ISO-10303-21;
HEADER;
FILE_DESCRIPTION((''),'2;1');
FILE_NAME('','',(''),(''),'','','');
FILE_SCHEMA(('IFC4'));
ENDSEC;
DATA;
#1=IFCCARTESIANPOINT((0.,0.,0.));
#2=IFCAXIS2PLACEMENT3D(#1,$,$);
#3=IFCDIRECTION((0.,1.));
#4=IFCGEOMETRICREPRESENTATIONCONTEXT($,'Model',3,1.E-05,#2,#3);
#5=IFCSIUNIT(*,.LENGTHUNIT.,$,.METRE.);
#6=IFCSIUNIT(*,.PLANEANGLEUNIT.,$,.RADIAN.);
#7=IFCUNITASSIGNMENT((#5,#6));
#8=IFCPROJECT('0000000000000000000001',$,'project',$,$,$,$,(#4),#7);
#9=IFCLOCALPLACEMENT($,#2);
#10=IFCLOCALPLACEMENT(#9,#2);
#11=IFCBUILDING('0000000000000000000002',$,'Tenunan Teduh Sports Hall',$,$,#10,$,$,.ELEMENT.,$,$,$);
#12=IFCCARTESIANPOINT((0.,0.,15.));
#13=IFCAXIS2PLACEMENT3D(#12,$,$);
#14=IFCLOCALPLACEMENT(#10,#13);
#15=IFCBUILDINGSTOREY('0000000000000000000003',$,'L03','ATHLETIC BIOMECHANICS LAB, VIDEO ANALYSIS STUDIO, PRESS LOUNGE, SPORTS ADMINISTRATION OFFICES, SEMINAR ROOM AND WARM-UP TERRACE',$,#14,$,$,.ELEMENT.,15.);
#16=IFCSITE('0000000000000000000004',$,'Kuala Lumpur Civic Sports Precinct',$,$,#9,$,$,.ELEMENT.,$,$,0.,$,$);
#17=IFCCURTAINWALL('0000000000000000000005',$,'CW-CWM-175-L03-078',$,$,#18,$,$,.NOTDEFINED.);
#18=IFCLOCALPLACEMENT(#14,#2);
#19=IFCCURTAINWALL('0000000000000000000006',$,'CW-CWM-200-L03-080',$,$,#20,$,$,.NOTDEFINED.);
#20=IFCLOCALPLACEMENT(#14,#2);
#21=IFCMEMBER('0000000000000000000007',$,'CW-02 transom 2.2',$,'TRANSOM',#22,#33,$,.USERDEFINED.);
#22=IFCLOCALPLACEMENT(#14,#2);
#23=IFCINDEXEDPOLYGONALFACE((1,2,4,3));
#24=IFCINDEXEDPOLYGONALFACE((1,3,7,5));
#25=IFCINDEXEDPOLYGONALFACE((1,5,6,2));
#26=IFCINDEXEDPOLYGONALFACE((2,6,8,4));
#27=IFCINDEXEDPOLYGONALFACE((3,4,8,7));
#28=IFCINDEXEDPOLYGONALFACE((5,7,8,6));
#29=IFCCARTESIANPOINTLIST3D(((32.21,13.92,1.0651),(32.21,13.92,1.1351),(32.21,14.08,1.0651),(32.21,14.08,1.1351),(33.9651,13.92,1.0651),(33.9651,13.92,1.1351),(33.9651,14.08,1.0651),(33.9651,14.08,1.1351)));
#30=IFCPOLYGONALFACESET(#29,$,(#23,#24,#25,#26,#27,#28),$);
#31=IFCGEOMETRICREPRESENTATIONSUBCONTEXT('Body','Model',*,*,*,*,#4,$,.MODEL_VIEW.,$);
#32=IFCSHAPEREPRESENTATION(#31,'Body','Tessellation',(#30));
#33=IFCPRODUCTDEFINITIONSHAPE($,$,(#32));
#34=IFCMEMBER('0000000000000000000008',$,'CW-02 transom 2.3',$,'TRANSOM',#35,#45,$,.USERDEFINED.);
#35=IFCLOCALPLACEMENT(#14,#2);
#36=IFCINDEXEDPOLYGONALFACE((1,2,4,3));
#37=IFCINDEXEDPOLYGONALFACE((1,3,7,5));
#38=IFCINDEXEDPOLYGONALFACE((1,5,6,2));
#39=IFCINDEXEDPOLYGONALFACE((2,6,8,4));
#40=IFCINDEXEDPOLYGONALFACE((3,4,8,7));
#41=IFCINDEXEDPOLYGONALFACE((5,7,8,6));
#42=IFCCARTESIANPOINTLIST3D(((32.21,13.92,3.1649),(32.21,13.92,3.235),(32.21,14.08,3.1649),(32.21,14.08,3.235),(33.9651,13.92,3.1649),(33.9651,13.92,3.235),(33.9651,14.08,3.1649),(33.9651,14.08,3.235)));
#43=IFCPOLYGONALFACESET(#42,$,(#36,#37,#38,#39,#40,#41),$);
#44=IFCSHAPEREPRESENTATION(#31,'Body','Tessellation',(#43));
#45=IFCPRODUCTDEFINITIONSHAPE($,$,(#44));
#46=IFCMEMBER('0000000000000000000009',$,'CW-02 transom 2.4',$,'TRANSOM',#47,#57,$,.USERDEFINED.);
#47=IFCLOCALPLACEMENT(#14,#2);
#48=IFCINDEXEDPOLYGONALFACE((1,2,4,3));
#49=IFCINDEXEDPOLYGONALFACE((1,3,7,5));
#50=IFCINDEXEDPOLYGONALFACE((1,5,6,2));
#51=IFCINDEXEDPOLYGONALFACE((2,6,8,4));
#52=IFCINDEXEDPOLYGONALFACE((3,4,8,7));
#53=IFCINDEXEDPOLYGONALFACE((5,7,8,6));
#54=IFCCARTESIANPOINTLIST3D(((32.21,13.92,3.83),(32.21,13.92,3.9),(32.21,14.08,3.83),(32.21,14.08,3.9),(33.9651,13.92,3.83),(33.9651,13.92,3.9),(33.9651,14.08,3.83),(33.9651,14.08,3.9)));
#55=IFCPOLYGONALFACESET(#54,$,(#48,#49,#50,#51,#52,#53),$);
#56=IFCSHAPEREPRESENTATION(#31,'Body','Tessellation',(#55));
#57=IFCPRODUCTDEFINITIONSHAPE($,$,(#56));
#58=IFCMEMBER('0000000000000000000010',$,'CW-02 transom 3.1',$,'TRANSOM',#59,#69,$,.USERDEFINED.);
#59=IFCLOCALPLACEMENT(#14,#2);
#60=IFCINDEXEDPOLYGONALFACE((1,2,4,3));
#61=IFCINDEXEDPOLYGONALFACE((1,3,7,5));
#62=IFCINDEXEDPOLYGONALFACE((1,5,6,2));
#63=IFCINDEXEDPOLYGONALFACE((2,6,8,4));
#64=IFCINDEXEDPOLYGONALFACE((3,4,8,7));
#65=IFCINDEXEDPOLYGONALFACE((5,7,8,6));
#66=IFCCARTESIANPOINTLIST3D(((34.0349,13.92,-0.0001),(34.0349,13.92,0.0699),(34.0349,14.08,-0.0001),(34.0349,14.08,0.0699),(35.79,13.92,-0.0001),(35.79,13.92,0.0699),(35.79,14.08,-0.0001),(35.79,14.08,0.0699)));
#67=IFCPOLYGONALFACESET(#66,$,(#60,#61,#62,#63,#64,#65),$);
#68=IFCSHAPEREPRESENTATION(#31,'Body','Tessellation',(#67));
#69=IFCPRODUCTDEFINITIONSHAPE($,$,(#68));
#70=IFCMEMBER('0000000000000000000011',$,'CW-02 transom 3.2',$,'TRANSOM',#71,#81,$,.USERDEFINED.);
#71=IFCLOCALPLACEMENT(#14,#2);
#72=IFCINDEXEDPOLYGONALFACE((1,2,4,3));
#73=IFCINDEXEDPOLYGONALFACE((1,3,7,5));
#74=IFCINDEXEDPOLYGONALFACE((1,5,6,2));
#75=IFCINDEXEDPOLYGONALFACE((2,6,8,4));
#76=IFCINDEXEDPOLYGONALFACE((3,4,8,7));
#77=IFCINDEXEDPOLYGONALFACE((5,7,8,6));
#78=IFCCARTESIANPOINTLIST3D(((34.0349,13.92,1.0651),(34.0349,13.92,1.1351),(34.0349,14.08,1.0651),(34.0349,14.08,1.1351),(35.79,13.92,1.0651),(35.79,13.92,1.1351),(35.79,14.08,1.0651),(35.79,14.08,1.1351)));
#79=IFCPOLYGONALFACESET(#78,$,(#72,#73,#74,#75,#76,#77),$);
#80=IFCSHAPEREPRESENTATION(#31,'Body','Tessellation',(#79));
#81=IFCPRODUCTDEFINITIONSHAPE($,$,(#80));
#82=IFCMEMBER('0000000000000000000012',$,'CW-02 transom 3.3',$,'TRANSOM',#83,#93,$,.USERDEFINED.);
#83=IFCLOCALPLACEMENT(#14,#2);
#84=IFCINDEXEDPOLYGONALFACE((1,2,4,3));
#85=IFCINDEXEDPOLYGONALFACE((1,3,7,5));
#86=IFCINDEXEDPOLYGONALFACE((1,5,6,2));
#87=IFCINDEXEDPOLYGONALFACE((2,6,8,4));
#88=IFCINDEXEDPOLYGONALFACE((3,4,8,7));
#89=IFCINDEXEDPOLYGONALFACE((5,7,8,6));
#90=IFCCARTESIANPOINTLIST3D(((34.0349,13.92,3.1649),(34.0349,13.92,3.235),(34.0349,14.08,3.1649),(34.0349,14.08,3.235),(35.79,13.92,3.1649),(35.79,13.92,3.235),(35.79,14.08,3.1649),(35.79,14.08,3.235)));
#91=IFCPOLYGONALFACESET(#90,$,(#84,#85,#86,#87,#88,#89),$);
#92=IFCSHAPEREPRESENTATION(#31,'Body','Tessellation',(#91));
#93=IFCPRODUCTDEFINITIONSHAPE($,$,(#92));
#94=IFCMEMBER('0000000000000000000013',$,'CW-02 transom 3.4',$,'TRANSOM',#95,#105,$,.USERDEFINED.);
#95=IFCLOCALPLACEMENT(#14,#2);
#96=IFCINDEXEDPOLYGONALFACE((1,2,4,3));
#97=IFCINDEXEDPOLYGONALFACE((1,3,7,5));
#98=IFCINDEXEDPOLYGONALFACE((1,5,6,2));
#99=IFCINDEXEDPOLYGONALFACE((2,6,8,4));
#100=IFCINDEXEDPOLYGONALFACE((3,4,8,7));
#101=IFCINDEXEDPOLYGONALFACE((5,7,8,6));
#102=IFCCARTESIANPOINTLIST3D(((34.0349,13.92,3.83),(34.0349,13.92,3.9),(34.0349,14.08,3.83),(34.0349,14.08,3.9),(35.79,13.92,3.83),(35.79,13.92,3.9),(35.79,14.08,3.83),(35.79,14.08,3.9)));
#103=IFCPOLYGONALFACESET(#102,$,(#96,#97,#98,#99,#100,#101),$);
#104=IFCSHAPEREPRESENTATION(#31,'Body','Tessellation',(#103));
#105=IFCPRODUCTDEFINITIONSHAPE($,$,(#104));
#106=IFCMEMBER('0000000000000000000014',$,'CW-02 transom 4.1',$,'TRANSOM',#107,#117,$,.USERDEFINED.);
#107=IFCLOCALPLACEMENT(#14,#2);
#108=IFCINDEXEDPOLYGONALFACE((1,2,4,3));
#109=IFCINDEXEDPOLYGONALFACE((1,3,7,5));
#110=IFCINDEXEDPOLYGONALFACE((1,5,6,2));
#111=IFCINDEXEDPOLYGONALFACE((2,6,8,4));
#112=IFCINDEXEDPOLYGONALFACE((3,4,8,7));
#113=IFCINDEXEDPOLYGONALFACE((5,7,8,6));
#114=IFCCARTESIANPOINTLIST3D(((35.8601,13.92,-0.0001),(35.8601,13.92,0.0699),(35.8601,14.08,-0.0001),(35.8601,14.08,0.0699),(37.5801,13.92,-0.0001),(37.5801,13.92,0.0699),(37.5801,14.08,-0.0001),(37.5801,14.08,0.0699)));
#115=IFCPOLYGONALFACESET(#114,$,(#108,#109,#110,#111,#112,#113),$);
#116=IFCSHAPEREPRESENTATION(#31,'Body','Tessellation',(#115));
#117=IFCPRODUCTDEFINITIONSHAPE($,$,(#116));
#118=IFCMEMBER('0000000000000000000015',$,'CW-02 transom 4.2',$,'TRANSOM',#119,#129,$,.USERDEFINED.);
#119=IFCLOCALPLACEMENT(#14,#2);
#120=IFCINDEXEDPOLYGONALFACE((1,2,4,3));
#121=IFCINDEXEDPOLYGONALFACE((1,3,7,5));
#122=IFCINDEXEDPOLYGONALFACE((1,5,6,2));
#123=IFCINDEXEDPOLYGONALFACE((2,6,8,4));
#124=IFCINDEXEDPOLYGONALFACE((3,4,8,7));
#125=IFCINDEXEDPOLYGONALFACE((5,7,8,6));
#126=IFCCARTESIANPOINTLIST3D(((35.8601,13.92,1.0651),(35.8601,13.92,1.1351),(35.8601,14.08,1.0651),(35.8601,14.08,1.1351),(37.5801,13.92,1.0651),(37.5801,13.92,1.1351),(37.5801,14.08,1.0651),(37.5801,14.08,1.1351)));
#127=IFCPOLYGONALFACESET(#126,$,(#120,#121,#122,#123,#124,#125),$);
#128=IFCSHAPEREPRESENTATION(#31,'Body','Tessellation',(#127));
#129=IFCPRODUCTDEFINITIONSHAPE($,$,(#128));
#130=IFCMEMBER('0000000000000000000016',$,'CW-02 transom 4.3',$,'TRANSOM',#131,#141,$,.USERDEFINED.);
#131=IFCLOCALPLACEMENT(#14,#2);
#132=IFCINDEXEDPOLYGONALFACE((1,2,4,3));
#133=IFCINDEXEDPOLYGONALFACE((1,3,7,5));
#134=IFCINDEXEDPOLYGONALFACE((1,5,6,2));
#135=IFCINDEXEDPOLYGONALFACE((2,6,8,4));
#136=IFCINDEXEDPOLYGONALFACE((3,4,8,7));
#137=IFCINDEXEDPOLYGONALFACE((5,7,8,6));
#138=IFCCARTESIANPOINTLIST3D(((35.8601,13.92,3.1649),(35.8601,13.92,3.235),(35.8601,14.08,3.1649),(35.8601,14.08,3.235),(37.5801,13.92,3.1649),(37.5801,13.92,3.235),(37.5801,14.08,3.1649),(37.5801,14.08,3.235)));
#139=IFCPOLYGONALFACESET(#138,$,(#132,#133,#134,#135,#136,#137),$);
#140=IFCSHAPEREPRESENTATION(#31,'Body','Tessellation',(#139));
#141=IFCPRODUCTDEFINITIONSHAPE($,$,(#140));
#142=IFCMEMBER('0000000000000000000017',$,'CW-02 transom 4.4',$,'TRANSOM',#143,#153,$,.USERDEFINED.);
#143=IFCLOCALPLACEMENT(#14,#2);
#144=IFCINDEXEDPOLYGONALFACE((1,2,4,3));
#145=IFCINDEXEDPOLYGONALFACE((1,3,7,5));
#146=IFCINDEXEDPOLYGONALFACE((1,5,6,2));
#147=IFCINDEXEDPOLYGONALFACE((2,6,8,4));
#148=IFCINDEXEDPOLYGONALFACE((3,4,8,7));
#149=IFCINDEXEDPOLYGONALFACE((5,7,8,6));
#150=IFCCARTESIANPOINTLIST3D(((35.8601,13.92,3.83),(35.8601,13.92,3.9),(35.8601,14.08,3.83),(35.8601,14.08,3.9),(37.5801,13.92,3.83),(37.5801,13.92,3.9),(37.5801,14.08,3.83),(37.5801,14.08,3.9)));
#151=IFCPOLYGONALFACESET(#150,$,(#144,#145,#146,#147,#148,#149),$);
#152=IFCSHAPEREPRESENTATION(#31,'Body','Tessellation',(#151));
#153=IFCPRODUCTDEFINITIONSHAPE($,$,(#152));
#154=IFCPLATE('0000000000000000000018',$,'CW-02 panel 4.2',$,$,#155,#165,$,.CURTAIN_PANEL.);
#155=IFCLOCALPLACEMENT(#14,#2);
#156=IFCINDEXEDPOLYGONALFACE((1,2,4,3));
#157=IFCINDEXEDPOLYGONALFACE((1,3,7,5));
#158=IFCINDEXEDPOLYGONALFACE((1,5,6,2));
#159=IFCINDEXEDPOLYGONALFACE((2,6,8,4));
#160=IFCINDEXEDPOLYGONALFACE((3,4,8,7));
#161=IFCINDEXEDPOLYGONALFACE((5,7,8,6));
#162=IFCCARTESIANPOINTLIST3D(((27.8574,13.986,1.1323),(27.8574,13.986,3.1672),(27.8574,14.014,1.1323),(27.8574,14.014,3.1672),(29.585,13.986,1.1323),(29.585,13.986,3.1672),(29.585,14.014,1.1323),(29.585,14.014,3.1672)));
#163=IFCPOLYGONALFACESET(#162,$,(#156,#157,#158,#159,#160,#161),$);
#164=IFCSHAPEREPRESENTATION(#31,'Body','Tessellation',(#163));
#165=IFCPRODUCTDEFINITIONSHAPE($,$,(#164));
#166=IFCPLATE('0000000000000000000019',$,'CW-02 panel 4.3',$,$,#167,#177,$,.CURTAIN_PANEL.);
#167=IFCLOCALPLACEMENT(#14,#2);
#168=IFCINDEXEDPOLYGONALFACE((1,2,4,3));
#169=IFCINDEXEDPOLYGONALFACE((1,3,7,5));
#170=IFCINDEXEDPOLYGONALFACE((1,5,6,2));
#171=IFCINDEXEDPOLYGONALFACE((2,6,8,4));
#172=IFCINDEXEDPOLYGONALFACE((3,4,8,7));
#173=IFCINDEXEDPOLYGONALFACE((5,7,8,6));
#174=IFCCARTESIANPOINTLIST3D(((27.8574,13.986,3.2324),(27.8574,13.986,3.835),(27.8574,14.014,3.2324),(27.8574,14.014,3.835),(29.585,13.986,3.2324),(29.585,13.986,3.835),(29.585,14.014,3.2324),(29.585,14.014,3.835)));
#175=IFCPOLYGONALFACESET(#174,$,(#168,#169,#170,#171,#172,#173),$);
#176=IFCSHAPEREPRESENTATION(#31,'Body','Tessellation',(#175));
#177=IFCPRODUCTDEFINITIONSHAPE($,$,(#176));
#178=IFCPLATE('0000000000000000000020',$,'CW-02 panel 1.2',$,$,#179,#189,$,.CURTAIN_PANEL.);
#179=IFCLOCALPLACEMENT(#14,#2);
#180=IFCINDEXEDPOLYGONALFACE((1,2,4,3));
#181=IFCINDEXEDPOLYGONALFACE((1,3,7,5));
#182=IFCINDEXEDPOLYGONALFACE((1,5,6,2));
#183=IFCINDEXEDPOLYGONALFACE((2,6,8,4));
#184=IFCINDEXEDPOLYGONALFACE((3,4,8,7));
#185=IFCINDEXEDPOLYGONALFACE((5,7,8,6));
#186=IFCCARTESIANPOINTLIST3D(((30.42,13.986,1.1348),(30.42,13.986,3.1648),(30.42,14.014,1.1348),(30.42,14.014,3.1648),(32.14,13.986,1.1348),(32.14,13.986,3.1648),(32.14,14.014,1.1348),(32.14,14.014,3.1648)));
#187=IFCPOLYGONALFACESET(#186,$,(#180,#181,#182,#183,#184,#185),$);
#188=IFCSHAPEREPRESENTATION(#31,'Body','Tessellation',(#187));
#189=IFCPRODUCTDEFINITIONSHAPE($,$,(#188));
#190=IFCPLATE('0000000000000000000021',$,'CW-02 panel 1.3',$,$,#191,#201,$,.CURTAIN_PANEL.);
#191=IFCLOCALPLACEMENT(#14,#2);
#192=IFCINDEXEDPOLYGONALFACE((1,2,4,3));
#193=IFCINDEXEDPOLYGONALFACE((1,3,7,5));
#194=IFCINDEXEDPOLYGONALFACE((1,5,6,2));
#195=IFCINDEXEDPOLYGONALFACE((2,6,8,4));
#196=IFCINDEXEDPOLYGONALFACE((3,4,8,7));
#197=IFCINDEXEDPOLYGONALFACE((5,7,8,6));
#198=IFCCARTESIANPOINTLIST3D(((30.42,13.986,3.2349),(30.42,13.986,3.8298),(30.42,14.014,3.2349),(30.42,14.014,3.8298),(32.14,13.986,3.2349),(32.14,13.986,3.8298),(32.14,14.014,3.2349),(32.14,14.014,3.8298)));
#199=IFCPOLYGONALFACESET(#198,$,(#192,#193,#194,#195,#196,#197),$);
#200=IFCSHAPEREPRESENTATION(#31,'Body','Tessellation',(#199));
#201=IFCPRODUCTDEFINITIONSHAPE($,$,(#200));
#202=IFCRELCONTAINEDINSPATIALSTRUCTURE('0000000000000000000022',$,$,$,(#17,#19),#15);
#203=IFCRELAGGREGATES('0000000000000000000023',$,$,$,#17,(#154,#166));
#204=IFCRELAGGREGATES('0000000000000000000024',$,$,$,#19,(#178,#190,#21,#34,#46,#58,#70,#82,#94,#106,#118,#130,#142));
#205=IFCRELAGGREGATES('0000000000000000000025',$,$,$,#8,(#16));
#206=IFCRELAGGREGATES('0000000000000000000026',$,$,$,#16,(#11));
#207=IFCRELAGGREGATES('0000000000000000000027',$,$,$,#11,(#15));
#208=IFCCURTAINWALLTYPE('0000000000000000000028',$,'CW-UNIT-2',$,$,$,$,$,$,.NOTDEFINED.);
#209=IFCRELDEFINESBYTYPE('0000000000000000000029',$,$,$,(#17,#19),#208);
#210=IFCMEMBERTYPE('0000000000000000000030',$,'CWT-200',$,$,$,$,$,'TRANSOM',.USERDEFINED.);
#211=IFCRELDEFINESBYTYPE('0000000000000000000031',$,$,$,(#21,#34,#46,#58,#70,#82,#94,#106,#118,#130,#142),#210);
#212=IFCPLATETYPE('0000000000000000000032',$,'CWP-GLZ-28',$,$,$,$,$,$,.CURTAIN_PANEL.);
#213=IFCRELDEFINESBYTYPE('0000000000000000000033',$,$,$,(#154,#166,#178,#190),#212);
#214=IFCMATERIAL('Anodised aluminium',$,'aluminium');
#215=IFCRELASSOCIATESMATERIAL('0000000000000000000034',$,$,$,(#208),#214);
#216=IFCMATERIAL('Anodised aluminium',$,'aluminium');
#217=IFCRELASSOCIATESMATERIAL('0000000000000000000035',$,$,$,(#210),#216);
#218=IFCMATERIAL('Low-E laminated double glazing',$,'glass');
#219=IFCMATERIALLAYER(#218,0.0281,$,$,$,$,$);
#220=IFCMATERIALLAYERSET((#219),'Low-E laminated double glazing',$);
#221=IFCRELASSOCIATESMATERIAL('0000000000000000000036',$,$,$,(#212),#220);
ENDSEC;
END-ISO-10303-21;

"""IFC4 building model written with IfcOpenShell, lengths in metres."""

from ifc_helpers import new_model, si_unit, direction, frame, origin, origin_2d, place, context, subcontext, project, spatial, rectangle, extrude, material, layer, layer_set, material_profile, profile_set, type_object, element, aggregate, save


model = new_model("IFC4")

# Units and contexts
model_context = context("Model", 3, precision=1e-05, world=origin(), true_north=direction((0.0, 1.0)))
body_context = subcontext(model_context, "Body", "Model", "MODEL_VIEW")
ifc_project = project(units=[si_unit("LENGTHUNIT", "METRE"), si_unit("PLANEANGLEUNIT", "RADIAN")], contexts=[model_context])

# Site, building, storey
site_placement = place(None, origin())
site = spatial("IfcSite", under=ifc_project, at=site_placement, Name="Kuala Lumpur Civic Sports Precinct", CompositionType="ELEMENT", RefElevation=0.0)
building_placement = place(site_placement, origin())
building = spatial("IfcBuilding", under=site, at=building_placement, Name="Tenunan Teduh Sports Hall", CompositionType="ELEMENT")
storey_placement = place(building_placement, frame((0.0, 0.0, 15.0)))
storey = spatial("IfcBuildingStorey", under=building, at=storey_placement, Name="L03", Description="ATHLETIC BIOMECHANICS LAB, VIDEO ANALYSIS STUDIO, PRESS LOUNGE, SPORTS ADMINISTRATION OFFICES, SEMINAR ROOM AND WARM-UP TERRACE", CompositionType="ELEMENT", Elevation=15.0)

# Curtain wall
ifc_material_1 = material(Name="Anodised aluminium", Category="aluminium")
curtain_wall_type = type_object("IfcCurtainWallType", Name="CW-UNIT-2", PredefinedType="NOTDEFINED", material=ifc_material_1)
curtain_wall_1_placement = place(storey_placement, origin())
curtain_wall_1 = element("IfcCurtainWall", 1, at=curtain_wall_1_placement, inside=storey, type_object=curtain_wall_type, Name="CW-CWM-175-L03-078", PredefinedType="NOTDEFINED")

# Curtain wall, members
curtain_wall_2_placement = place(storey_placement, origin())
curtain_wall_2 = element("IfcCurtainWall", 2, at=curtain_wall_2_placement, inside=storey, type_object=curtain_wall_type, Name="CW-CWM-200-L03-080", PredefinedType="NOTDEFINED")
ifc_material_2 = material(Name="Anodised aluminium", Category="aluminium")
ifc_material_profile_1 = material_profile(ifc_material_2, rectangle(XDim=0.0701, YDim=0.1599, at=origin_2d()), Name="CWT 70x160")
ifc_profile_set_1 = profile_set([ifc_material_profile_1], Name="Anodised aluminium")
member_type_1 = type_object("IfcMemberType", Name="CWT-200", ElementType="TRANSOM", PredefinedType="USERDEFINED", material=ifc_profile_set_1)
member_1_placement = place(storey_placement, frame((32.21, 14.0, 1.1001), z_axis=(1.0, 0.0, 0.0), x_axis=(0.0, 0.0, 1.0)))
member_1 = element("IfcMember", 3, at=member_1_placement, type_object=member_type_1, Name="CW-02 transom 2.2", ObjectType="TRANSOM", PredefinedType="USERDEFINED", context=body_context, shape_type="SweptSolid", body=[
    extrude(rectangle(XDim=0.0701, YDim=0.1599, at=origin_2d()), origin(), (0.0, 0.0, 1.0), 1.7551),
])
member_2_placement = place(storey_placement, frame((32.21, 14.0, 3.2), z_axis=(1.0, 0.0, 0.0), x_axis=(0.0, 0.0, 1.0)))
member_2 = element("IfcMember", 4, at=member_2_placement, type_object=member_type_1, Name="CW-02 transom 2.3", ObjectType="TRANSOM", PredefinedType="USERDEFINED", context=body_context, shape_type="SweptSolid", body=[
    extrude(rectangle(XDim=0.0701, YDim=0.1599, at=origin_2d()), origin(), (0.0, 0.0, 1.0), 1.7551),
])
member_3_placement = place(storey_placement, frame((32.21, 14.0, 3.865), z_axis=(1.0, 0.0, 0.0), x_axis=(0.0, 0.0, 1.0)))
member_3 = element("IfcMember", 5, at=member_3_placement, type_object=member_type_1, Name="CW-02 transom 2.4", ObjectType="TRANSOM", PredefinedType="USERDEFINED", context=body_context, shape_type="SweptSolid", body=[
    extrude(rectangle(XDim=0.0701, YDim=0.1599, at=origin_2d()), origin(), (0.0, 0.0, 1.0), 1.7551),
])
member_4_placement = place(storey_placement, frame((34.0349, 14.0, 0.0349), z_axis=(1.0, 0.0, 0.0), x_axis=(0.0, 0.0, 1.0)))
member_4 = element("IfcMember", 6, at=member_4_placement, type_object=member_type_1, Name="CW-02 transom 3.1", ObjectType="TRANSOM", PredefinedType="USERDEFINED", context=body_context, shape_type="SweptSolid", body=[
    extrude(rectangle(XDim=0.0701, YDim=0.1599, at=origin_2d()), origin(), (0.0, 0.0, 1.0), 1.7551),
])
member_5_placement = place(storey_placement, frame((34.0349, 14.0, 1.1001), z_axis=(1.0, 0.0, 0.0), x_axis=(0.0, 0.0, 1.0)))
member_5 = element("IfcMember", 7, at=member_5_placement, type_object=member_type_1, Name="CW-02 transom 3.2", ObjectType="TRANSOM", PredefinedType="USERDEFINED", context=body_context, shape_type="SweptSolid", body=[
    extrude(rectangle(XDim=0.0701, YDim=0.1599, at=origin_2d()), origin(), (0.0, 0.0, 1.0), 1.7551),
])
member_6_placement = place(storey_placement, frame((34.0349, 14.0, 3.2), z_axis=(1.0, 0.0, 0.0), x_axis=(0.0, 0.0, 1.0)))
member_6 = element("IfcMember", 8, at=member_6_placement, type_object=member_type_1, Name="CW-02 transom 3.3", ObjectType="TRANSOM", PredefinedType="USERDEFINED", context=body_context, shape_type="SweptSolid", body=[
    extrude(rectangle(XDim=0.0701, YDim=0.1599, at=origin_2d()), origin(), (0.0, 0.0, 1.0), 1.7551),
])
member_7_placement = place(storey_placement, frame((34.0349, 14.0, 3.865), z_axis=(1.0, 0.0, 0.0), x_axis=(0.0, 0.0, 1.0)))
member_7 = element("IfcMember", 9, at=member_7_placement, type_object=member_type_1, Name="CW-02 transom 3.4", ObjectType="TRANSOM", PredefinedType="USERDEFINED", context=body_context, shape_type="SweptSolid", body=[
    extrude(rectangle(XDim=0.0701, YDim=0.1599, at=origin_2d()), origin(), (0.0, 0.0, 1.0), 1.7551),
])
member_8_placement = place(storey_placement, frame((35.8601, 14.0, 0.0349), z_axis=(1.0, 0.0, 0.0), x_axis=(0.0, 0.0, 1.0)))
member_8 = element("IfcMember", 10, at=member_8_placement, type_object=member_type_1, Name="CW-02 transom 4.1", ObjectType="TRANSOM", PredefinedType="USERDEFINED", context=body_context, shape_type="SweptSolid", body=[
    extrude(rectangle(XDim=0.0701, YDim=0.1599, at=origin_2d()), origin(), (0.0, 0.0, 1.0), 1.72),
])
member_9_placement = place(storey_placement, frame((35.8601, 14.0, 1.1001), z_axis=(1.0, 0.0, 0.0), x_axis=(0.0, 0.0, 1.0)))
member_9 = element("IfcMember", 11, at=member_9_placement, type_object=member_type_1, Name="CW-02 transom 4.2", ObjectType="TRANSOM", PredefinedType="USERDEFINED", context=body_context, shape_type="SweptSolid", body=[
    extrude(rectangle(XDim=0.0701, YDim=0.1599, at=origin_2d()), origin(), (0.0, 0.0, 1.0), 1.72),
])
member_10_placement = place(storey_placement, frame((35.8601, 14.0, 3.2), z_axis=(1.0, 0.0, 0.0), x_axis=(0.0, 0.0, 1.0)))
member_10 = element("IfcMember", 12, at=member_10_placement, type_object=member_type_1, Name="CW-02 transom 4.3", ObjectType="TRANSOM", PredefinedType="USERDEFINED", context=body_context, shape_type="SweptSolid", body=[
    extrude(rectangle(XDim=0.0701, YDim=0.1599, at=origin_2d()), origin(), (0.0, 0.0, 1.0), 1.72),
])
member_11_placement = place(storey_placement, frame((35.8601, 14.0, 3.865), z_axis=(1.0, 0.0, 0.0), x_axis=(0.0, 0.0, 1.0)))
member_11 = element("IfcMember", 13, at=member_11_placement, type_object=member_type_1, Name="CW-02 transom 4.4", ObjectType="TRANSOM", PredefinedType="USERDEFINED", context=body_context, shape_type="SweptSolid", body=[
    extrude(rectangle(XDim=0.0701, YDim=0.1599, at=origin_2d()), origin(), (0.0, 0.0, 1.0), 1.72),
])

# Plates
ifc_material_3 = material(Name="Low-E laminated double glazing", Category="glass")
ifc_layer_1 = layer(ifc_material_3, 0.0281)
ifc_layer_set_1 = layer_set([ifc_layer_1], Name="Low-E laminated double glazing")
plate_type_1 = type_object("IfcPlateType", Name="CWP-GLZ-28", PredefinedType="CURTAIN_PANEL", material=ifc_layer_set_1)
plate_1_placement = place(storey_placement, frame((28.7212, 14.0, 1.1323), z_axis=(0.0, 0.0, 1.0), x_axis=(1.0, 0.0, 0.0)))
plate_1 = element("IfcPlate", 14, at=plate_1_placement, type_object=plate_type_1, Name="CW-02 panel 4.2", PredefinedType="CURTAIN_PANEL", context=body_context, shape_type="SweptSolid", body=[
    extrude(rectangle(XDim=1.7275, YDim=0.0281, at=origin_2d()), origin(), (0.0, 0.0, 1.0), 2.0349),
])
plate_2_placement = place(storey_placement, frame((28.7212, 14.0, 3.2324), z_axis=(0.0, 0.0, 1.0), x_axis=(1.0, 0.0, 0.0)))
plate_2 = element("IfcPlate", 15, at=plate_2_placement, type_object=plate_type_1, Name="CW-02 panel 4.3", PredefinedType="CURTAIN_PANEL", context=body_context, shape_type="SweptSolid", body=[
    extrude(rectangle(XDim=1.7275, YDim=0.0281, at=origin_2d()), origin(), (0.0, 0.0, 1.0), 0.6025),
])
plate_3_placement = place(storey_placement, frame((31.28, 14.0, 1.1348), z_axis=(0.0, 0.0, 1.0), x_axis=(1.0, 0.0, 0.0)))
plate_3 = element("IfcPlate", 16, at=plate_3_placement, type_object=plate_type_1, Name="CW-02 panel 1.2", PredefinedType="CURTAIN_PANEL", context=body_context, shape_type="SweptSolid", body=[
    extrude(rectangle(XDim=1.72, YDim=0.0281, at=origin_2d()), origin(), (0.0, 0.0, 1.0), 2.03),
])
plate_4_placement = place(storey_placement, frame((31.28, 14.0, 3.2349), z_axis=(0.0, 0.0, 1.0), x_axis=(1.0, 0.0, 0.0)))
plate_4 = element("IfcPlate", 17, at=plate_4_placement, type_object=plate_type_1, Name="CW-02 panel 1.3", PredefinedType="CURTAIN_PANEL", context=body_context, shape_type="SweptSolid", body=[
    extrude(rectangle(XDim=1.72, YDim=0.0281, at=origin_2d()), origin(), (0.0, 0.0, 1.0), 0.595),
])
aggregate(curtain_wall_1, [plate_1, plate_2])
aggregate(curtain_wall_2, [plate_3, plate_4, member_1, member_2, member_3, member_4, member_5, member_6, member_7, member_8, member_9, member_10, member_11])

save(model, "model.ifc")
